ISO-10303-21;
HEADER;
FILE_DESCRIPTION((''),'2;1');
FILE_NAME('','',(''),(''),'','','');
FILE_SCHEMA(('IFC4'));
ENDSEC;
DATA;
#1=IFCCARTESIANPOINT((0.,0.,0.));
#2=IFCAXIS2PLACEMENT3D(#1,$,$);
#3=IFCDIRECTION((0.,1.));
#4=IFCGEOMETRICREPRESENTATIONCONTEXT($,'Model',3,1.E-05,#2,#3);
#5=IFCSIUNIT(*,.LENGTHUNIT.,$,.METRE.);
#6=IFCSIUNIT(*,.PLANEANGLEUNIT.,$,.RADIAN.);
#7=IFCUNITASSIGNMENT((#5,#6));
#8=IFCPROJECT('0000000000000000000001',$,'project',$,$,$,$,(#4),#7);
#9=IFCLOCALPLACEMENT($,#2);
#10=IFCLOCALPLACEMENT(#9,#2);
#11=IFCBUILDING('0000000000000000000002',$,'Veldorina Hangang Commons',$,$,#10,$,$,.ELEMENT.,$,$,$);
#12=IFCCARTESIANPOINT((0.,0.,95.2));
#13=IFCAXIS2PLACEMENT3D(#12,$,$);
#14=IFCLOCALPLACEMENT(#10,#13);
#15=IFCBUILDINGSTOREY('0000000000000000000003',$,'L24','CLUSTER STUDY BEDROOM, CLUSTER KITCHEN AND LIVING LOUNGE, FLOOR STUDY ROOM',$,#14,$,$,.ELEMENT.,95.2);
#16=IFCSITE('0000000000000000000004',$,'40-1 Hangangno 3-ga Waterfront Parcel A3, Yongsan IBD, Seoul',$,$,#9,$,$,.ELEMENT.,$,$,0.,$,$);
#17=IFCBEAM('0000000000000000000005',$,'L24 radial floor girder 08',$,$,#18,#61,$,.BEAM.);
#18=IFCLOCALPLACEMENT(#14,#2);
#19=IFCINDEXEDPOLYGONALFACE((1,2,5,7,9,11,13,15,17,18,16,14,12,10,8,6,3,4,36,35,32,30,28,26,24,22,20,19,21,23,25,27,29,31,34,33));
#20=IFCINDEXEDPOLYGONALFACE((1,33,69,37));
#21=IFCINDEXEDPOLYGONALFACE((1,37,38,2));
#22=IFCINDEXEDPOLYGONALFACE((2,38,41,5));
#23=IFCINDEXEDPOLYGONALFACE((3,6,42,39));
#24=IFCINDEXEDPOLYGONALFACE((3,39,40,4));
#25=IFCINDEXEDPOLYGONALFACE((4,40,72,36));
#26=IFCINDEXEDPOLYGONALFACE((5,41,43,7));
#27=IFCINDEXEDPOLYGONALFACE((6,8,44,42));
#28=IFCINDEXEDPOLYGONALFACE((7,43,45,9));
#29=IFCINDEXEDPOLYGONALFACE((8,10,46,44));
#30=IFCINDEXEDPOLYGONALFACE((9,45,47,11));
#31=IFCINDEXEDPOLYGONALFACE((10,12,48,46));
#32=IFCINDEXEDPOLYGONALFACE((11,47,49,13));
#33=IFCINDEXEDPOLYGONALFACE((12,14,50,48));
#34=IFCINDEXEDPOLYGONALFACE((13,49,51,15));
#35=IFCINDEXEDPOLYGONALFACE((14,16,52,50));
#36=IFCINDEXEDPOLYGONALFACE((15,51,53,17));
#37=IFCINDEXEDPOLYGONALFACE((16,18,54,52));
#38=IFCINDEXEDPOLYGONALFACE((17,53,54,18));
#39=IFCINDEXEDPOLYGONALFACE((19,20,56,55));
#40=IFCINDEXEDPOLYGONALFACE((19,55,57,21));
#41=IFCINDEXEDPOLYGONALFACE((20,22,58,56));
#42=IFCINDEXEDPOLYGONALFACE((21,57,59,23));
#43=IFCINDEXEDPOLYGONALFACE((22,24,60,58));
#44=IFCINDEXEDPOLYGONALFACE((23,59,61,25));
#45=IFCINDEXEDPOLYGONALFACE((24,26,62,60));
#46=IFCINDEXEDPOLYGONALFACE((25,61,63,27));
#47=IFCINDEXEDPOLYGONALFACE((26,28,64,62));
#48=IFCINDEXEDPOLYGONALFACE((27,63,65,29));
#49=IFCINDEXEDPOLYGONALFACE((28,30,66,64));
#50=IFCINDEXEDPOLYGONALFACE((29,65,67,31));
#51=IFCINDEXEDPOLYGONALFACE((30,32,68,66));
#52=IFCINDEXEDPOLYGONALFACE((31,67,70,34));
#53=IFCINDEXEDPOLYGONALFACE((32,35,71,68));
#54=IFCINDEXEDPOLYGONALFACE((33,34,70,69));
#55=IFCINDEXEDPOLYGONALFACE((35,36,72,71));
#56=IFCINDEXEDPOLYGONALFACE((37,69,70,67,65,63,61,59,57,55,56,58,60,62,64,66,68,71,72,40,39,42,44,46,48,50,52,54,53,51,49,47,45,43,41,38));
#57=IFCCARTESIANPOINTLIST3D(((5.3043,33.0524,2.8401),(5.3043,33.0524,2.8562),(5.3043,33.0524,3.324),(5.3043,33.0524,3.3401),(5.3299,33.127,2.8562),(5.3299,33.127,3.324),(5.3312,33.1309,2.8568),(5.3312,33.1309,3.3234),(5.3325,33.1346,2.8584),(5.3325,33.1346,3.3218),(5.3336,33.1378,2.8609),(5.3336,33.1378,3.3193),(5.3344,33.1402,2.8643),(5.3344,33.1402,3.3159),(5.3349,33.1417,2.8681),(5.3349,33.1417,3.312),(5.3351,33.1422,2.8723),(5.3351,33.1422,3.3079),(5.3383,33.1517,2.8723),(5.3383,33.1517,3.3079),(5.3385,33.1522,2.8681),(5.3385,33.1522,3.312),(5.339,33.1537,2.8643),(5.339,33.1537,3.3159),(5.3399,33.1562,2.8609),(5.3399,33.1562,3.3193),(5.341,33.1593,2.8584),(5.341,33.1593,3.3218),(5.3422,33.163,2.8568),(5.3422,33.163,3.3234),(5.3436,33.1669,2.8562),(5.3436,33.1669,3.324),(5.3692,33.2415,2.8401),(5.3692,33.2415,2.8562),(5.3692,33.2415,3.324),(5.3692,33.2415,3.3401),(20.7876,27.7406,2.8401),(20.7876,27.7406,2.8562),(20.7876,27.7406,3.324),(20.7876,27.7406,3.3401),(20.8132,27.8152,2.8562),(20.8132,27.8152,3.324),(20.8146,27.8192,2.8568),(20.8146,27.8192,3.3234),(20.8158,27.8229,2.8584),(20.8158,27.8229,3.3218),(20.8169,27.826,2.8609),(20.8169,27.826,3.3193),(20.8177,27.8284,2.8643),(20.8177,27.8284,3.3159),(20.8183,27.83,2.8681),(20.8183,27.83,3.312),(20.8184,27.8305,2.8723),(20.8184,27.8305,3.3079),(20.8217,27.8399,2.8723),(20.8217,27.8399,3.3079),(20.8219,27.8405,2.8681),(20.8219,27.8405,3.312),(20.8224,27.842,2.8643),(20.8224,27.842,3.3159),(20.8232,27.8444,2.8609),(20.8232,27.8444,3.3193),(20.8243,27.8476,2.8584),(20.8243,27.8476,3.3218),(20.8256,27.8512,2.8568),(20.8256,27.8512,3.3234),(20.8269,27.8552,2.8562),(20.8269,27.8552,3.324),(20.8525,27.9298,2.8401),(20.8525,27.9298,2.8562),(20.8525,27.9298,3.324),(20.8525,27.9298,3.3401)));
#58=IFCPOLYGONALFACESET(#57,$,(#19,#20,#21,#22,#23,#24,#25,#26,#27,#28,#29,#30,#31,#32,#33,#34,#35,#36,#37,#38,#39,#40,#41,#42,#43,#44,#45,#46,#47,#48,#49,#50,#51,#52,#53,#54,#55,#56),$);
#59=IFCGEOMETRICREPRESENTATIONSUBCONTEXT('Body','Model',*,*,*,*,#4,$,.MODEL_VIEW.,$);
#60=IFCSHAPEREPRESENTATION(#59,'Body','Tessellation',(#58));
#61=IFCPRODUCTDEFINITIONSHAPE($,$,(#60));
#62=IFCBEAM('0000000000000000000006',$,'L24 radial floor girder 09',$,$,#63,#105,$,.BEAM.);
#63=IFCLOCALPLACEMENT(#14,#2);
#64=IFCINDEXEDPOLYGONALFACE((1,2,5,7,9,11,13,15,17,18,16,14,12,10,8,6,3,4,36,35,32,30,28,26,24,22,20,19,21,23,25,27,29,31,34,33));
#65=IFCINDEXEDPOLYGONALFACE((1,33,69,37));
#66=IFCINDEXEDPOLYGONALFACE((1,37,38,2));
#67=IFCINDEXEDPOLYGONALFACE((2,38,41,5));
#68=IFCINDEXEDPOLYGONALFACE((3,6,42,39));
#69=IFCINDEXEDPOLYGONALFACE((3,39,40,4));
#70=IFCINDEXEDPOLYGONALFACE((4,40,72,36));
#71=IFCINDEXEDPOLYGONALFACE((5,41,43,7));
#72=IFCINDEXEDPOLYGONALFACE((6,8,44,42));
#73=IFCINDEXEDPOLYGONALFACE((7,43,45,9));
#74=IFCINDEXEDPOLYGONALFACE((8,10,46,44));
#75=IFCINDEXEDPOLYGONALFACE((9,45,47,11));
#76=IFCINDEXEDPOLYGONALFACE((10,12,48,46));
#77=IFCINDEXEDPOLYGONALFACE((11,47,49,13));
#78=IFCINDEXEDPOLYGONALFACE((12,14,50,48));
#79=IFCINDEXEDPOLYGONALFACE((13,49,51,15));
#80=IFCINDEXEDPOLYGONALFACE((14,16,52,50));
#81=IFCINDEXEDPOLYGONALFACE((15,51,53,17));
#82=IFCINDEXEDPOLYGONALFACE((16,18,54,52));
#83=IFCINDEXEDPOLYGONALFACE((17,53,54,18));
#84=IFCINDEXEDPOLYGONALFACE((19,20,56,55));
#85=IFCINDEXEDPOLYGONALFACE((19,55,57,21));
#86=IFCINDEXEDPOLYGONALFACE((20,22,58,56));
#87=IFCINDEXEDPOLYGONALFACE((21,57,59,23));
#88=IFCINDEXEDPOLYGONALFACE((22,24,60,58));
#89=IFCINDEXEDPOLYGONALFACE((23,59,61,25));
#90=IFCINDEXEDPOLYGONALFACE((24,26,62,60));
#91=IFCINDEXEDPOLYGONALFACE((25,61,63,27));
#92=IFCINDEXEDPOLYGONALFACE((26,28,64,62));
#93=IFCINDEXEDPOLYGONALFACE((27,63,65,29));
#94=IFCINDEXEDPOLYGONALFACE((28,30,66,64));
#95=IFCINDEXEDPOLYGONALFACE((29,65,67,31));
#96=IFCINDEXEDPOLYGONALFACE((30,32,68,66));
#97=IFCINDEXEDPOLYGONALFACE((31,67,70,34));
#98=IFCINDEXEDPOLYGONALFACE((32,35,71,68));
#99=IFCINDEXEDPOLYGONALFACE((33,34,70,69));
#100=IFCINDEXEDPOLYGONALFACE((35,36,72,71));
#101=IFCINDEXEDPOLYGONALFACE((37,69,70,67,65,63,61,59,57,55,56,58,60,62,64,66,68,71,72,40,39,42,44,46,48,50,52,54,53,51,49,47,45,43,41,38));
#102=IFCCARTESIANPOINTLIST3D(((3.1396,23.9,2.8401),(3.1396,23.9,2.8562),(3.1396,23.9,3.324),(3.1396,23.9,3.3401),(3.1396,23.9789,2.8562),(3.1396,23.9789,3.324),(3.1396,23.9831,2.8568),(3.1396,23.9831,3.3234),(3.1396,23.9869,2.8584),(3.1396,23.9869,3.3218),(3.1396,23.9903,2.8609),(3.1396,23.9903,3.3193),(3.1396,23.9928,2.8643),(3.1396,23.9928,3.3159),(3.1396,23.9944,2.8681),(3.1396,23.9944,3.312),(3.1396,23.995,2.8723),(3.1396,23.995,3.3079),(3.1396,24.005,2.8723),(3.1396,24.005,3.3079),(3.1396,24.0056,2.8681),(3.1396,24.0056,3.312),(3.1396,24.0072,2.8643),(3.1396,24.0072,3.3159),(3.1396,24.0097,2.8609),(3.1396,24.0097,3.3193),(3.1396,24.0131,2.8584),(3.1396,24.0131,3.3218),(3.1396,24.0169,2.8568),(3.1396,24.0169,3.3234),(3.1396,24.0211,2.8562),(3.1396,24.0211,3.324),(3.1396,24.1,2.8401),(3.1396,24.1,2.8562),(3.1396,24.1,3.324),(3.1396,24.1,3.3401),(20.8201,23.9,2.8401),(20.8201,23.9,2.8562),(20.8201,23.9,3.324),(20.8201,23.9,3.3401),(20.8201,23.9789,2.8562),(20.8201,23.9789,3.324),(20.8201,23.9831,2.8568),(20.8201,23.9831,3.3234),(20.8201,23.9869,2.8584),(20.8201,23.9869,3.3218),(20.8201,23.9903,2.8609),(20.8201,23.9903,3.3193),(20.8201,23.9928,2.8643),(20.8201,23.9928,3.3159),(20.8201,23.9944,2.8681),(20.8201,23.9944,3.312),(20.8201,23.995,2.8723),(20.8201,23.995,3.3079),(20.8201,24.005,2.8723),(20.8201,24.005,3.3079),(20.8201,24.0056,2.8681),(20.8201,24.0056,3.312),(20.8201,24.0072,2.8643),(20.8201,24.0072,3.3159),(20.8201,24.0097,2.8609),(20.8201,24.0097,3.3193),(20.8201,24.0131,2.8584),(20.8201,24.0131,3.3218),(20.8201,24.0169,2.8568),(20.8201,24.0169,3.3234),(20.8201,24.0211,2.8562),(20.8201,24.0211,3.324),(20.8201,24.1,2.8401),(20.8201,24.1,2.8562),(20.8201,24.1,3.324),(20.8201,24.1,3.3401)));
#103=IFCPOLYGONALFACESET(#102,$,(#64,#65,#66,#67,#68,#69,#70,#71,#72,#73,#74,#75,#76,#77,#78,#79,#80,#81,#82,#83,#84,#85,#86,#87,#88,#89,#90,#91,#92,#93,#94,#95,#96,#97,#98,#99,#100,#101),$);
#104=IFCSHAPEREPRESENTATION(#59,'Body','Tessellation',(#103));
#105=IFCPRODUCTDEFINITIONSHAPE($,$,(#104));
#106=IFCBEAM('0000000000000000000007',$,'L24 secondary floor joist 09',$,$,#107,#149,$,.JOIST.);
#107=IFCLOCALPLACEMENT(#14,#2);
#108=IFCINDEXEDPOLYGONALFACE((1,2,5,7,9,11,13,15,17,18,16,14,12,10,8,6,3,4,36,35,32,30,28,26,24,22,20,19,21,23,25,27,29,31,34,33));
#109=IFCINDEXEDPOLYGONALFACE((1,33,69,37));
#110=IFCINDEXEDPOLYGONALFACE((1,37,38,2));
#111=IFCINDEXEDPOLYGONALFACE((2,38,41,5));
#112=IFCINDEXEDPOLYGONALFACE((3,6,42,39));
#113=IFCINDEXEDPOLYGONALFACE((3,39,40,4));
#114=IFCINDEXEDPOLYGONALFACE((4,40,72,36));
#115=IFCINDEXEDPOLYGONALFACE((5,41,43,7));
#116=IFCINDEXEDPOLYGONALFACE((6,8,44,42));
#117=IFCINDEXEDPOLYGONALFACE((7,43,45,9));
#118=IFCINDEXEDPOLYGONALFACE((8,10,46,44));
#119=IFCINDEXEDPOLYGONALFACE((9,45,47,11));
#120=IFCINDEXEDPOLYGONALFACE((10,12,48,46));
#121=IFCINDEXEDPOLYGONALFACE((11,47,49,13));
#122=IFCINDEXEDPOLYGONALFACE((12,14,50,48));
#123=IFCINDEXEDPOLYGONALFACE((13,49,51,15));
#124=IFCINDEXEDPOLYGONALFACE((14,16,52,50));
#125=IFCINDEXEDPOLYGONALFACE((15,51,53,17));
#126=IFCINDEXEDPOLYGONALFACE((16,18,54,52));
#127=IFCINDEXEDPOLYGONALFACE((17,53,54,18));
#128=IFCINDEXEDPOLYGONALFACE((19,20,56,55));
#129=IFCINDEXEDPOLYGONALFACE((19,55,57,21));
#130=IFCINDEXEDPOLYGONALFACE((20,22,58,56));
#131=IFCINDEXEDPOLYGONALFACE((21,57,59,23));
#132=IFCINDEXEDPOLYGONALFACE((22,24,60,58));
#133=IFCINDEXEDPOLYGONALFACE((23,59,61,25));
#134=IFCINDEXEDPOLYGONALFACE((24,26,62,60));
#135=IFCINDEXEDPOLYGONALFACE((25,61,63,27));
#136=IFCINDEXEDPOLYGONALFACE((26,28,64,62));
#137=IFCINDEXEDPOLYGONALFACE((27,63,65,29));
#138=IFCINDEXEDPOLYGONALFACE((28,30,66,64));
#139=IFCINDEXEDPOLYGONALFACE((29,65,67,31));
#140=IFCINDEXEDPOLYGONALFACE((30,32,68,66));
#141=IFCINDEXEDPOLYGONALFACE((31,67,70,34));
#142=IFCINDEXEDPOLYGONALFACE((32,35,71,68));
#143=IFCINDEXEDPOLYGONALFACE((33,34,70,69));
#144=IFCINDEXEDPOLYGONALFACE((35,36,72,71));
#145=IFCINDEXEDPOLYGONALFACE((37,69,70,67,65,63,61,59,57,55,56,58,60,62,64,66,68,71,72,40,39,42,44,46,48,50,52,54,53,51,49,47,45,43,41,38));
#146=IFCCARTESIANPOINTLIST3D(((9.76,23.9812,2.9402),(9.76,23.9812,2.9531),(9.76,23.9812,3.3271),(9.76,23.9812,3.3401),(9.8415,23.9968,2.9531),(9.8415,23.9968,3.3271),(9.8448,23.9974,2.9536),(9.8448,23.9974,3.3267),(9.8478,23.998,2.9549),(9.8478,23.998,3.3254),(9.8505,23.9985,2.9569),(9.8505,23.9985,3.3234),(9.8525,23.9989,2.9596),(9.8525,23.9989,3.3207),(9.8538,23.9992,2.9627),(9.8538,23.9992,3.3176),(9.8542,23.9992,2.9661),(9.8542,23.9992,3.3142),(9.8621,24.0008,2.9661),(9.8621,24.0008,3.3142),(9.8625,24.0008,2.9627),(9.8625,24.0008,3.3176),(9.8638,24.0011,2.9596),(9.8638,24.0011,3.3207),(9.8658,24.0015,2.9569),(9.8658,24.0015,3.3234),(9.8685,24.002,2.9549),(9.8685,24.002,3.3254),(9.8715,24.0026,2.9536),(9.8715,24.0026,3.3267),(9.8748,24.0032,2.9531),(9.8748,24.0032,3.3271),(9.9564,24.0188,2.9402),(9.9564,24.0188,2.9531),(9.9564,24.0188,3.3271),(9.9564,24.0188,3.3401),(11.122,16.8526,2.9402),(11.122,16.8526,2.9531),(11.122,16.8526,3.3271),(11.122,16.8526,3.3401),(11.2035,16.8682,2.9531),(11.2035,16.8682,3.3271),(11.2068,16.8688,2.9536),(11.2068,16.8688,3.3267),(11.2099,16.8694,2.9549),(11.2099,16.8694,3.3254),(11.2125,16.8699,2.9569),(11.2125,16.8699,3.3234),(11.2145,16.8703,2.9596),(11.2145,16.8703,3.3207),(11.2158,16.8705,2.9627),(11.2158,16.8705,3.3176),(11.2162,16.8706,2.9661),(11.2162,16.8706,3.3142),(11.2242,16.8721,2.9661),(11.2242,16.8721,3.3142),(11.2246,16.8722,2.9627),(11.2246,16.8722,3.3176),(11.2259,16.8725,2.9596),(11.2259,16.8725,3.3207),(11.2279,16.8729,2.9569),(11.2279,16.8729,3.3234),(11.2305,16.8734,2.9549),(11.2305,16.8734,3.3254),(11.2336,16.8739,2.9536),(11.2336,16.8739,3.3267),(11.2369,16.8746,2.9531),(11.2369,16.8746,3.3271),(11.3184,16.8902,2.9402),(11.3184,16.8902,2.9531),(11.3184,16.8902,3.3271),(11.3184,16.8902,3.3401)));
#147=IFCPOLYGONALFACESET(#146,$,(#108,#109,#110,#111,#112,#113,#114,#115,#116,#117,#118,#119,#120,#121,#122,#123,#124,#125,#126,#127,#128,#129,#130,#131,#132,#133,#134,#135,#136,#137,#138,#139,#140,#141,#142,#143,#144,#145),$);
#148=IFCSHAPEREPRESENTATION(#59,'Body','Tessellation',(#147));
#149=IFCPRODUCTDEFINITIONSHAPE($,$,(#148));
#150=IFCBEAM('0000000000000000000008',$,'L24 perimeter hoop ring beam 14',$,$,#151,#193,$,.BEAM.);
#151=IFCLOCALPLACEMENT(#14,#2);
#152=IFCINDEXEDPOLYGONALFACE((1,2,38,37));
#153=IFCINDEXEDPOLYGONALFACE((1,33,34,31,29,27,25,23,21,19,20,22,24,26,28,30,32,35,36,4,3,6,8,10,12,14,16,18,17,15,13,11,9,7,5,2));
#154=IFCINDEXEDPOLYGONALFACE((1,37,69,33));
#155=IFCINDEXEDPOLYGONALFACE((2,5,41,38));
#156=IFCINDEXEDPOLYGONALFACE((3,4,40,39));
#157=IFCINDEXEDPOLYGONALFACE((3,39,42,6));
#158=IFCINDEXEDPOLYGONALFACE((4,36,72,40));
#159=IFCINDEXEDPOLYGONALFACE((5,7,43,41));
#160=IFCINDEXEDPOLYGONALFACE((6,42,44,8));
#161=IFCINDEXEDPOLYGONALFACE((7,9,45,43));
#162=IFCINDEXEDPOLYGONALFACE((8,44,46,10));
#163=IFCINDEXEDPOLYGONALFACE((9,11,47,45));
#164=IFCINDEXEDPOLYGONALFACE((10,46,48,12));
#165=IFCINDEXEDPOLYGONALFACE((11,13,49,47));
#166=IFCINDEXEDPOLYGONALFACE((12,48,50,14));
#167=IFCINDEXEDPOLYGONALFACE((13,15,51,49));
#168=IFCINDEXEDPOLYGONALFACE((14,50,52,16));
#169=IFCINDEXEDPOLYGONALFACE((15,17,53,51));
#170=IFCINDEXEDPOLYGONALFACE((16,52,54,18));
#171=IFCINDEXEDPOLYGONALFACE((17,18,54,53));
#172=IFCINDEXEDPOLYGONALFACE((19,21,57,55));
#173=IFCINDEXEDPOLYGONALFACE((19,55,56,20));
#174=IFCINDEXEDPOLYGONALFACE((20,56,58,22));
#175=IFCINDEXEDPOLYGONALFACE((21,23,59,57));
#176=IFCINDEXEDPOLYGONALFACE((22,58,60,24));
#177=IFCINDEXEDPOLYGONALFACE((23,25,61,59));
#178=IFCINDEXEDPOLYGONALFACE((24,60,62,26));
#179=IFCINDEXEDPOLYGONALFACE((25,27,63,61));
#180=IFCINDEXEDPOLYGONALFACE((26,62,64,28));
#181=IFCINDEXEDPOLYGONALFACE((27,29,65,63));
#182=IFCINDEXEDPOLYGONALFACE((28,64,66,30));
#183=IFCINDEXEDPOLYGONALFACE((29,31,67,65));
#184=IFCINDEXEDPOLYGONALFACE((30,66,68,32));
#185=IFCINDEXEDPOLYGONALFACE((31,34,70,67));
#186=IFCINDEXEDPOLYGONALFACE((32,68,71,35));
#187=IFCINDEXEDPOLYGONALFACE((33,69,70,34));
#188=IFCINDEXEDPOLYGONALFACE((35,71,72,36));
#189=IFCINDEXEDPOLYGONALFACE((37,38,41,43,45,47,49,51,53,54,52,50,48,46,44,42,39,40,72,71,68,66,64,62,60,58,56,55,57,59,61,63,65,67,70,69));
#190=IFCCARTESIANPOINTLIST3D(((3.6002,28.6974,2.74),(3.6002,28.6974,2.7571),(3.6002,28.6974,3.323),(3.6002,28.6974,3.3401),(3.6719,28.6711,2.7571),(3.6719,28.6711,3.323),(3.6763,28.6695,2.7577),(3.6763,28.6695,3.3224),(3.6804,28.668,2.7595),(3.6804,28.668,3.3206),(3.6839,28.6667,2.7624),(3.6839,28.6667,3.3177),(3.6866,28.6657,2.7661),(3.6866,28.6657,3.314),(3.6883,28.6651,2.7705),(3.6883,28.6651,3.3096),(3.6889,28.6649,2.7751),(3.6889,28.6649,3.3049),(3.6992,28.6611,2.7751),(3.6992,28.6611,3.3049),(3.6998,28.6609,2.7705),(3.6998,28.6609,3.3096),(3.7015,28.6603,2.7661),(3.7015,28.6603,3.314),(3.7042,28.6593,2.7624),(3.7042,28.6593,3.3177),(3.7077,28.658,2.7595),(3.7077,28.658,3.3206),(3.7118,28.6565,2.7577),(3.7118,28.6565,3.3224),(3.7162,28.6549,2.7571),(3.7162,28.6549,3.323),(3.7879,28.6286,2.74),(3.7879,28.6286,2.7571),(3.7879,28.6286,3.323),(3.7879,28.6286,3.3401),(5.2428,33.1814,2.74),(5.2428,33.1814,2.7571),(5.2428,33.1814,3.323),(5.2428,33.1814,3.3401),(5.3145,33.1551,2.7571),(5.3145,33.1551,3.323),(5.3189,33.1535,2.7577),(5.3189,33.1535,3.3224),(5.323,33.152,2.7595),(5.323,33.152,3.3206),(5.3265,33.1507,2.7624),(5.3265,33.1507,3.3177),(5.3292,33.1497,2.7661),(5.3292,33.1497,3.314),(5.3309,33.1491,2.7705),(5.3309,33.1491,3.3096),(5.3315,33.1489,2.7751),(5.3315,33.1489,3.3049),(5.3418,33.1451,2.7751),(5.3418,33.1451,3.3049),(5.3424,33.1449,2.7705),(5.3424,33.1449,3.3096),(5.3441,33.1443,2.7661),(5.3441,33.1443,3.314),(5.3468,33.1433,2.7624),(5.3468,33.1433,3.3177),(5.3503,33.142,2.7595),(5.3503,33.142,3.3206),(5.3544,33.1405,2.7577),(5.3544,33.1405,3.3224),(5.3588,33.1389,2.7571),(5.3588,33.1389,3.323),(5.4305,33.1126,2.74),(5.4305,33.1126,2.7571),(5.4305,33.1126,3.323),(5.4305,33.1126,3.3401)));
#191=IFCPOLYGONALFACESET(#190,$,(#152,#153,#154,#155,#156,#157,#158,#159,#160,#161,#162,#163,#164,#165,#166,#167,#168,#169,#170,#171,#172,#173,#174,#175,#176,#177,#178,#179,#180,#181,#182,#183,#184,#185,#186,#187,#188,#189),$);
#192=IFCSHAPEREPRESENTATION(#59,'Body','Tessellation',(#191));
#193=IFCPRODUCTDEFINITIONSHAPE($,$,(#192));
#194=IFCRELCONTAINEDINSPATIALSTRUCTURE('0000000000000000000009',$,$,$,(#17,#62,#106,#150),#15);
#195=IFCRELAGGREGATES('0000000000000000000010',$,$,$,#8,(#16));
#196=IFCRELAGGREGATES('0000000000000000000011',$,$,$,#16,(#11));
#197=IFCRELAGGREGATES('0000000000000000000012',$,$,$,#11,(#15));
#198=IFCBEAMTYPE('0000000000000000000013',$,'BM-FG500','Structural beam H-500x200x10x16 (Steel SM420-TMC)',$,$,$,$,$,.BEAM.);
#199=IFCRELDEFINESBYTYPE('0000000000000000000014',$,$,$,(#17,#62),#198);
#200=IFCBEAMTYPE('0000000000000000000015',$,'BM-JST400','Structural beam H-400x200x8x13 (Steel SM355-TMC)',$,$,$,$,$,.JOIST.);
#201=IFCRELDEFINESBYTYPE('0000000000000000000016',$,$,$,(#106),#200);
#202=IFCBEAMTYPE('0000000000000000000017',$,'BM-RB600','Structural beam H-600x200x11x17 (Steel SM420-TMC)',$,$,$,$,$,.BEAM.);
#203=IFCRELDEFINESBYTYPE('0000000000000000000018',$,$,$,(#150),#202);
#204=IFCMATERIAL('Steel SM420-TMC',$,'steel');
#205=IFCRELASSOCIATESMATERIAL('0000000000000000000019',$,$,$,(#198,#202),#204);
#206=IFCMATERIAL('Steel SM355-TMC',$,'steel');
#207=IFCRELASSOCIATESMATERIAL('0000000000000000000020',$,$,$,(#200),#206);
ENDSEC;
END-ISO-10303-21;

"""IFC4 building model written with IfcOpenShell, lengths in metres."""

from ifc_helpers import new_model, si_unit, direction, frame, origin, origin_2d, place, context, subcontext, project, spatial, i_section, extrude, material, material_profile, profile_set, type_object, element, save


model = new_model("IFC4")

# Units and contexts
model_context = context("Model", 3, precision=1e-05, world=origin(), true_north=direction((0.0, 1.0)))
body_context = subcontext(model_context, "Body", "Model", "MODEL_VIEW")
ifc_project = project(units=[si_unit("LENGTHUNIT", "METRE"), si_unit("PLANEANGLEUNIT", "RADIAN")], contexts=[model_context])

# Site, building, storey
site_placement = place(None, origin())
site = spatial("IfcSite", under=ifc_project, at=site_placement, Name="40-1 Hangangno 3-ga Waterfront Parcel A3, Yongsan IBD, Seoul", CompositionType="ELEMENT", RefElevation=0.0)
building_placement = place(site_placement, origin())
building = spatial("IfcBuilding", under=site, at=building_placement, Name="Veldorina Hangang Commons", CompositionType="ELEMENT")
storey_placement = place(building_placement, frame((0.0, 0.0, 95.2)))
storey = spatial("IfcBuildingStorey", under=building, at=storey_placement, Name="L24", Description="CLUSTER STUDY BEDROOM, CLUSTER KITCHEN AND LIVING LOUNGE, FLOOR STUDY ROOM", CompositionType="ELEMENT", Elevation=95.2)

# Beams
ifc_material_1 = material(Name="Steel SM420-TMC", Category="steel")
ifc_material_profile_1 = material_profile(ifc_material_1, i_section(OverallWidth=0.2, OverallDepth=0.5, WebThickness=0.01, FlangeThickness=0.0161, FilletRadius=0.0161, at=origin_2d()), Name="H-500x200x10x16")
ifc_profile_set_1 = profile_set([ifc_material_profile_1], Name="Steel SM420-TMC")
beam_type_1 = type_object("IfcBeamType", Name="BM-FG500", Description="Structural beam H-500x200x10x16 (Steel SM420-TMC)", PredefinedType="BEAM", material=ifc_profile_set_1)
beam_1_placement = place(storey_placement, frame((20.8201, 27.8352, 3.0901), z_axis=(-0.945886, 0.324498, 0.0), x_axis=(-0.324498, -0.945886, 0.0)))
element("IfcBeam", 1, at=beam_1_placement, inside=storey, type_object=beam_type_1, Name="L24 radial floor girder 08", PredefinedType="BEAM", context=body_context, shape_type="SweptSolid", body=[
    extrude(i_section(OverallWidth=0.2, OverallDepth=0.5, WebThickness=0.01, FlangeThickness=0.0161, FilletRadius=0.0161, at=origin_2d()), origin(), (0.0, 0.0, 1.0), 16.3691),
])
beam_2_placement = place(storey_placement, frame((20.8201, 24.0, 3.0901), z_axis=(-1.0, 0.0, 0.0), x_axis=(0.0, -1.0, 0.0)))
element("IfcBeam", 2, at=beam_2_placement, inside=storey, type_object=beam_type_1, Name="L24 radial floor girder 09", PredefinedType="BEAM", context=body_context, shape_type="SweptSolid", body=[
    extrude(i_section(OverallWidth=0.2, OverallDepth=0.5, WebThickness=0.01, FlangeThickness=0.0161, FilletRadius=0.0161, at=origin_2d()), origin(), (0.0, 0.0, 1.0), 17.6804),
])
ifc_material_2 = material(Name="Steel SM355-TMC", Category="steel")
ifc_material_profile_2 = material_profile(ifc_material_2, i_section(OverallWidth=0.2, OverallDepth=0.3999, WebThickness=0.0081, FlangeThickness=0.0129, FilletRadius=0.0129, at=origin_2d()), Name="H-400x200x8x13")
ifc_profile_set_2 = profile_set([ifc_material_profile_2], Name="Steel SM355-TMC")
beam_type_2 = type_object("IfcBeamType", Name="BM-JST400", Description="Structural beam H-400x200x8x13 (Steel SM355-TMC)", PredefinedType="JOIST", material=ifc_profile_set_2)
beam_3_placement = place(storey_placement, frame((9.8582, 24.0, 3.1401), z_axis=(0.187673, -0.982232, 0.0), x_axis=(0.982232, 0.187673, 0.0)))
element("IfcBeam", 3, at=beam_3_placement, inside=storey, type_object=beam_type_2, Name="L24 secondary floor joist 09", PredefinedType="JOIST", context=body_context, shape_type="SweptSolid", body=[
    extrude(i_section(OverallWidth=0.2, OverallDepth=0.3999, WebThickness=0.0081, FlangeThickness=0.0129, FilletRadius=0.0129, at=origin_2d()), origin(), (0.0, 0.0, 1.0), 7.2576),
])
ifc_material_profile_3 = material_profile(ifc_material_1, i_section(OverallWidth=0.2, OverallDepth=0.6001, WebThickness=0.011, FlangeThickness=0.0171, FilletRadius=0.0181, at=origin_2d()), Name="H-600x200x11x17")
ifc_profile_set_3 = profile_set([ifc_material_profile_3], Name="Steel SM420-TMC")
beam_type_3 = type_object("IfcBeamType", Name="BM-RB600", Description="Structural beam H-600x200x11x17 (Steel SM420-TMC)", PredefinedType="BEAM", material=ifc_profile_set_3)
beam_4_placement = place(storey_placement, frame((5.3367, 33.147, 3.04), z_axis=(-0.343975, -0.938979, 0.0), x_axis=(0.938979, -0.343975, 0.0)))
element("IfcBeam", 4, at=beam_4_placement, inside=storey, type_object=beam_type_3, Name="L24 perimeter hoop ring beam 14", PredefinedType="BEAM", context=body_context, shape_type="SweptSolid", body=[
    extrude(i_section(OverallWidth=0.2, OverallDepth=0.6001, WebThickness=0.011, FlangeThickness=0.0171, FilletRadius=0.0181, at=origin_2d()), origin(), (0.0, 0.0, 1.0), 4.7754),
])

save(model, "model.ifc")
